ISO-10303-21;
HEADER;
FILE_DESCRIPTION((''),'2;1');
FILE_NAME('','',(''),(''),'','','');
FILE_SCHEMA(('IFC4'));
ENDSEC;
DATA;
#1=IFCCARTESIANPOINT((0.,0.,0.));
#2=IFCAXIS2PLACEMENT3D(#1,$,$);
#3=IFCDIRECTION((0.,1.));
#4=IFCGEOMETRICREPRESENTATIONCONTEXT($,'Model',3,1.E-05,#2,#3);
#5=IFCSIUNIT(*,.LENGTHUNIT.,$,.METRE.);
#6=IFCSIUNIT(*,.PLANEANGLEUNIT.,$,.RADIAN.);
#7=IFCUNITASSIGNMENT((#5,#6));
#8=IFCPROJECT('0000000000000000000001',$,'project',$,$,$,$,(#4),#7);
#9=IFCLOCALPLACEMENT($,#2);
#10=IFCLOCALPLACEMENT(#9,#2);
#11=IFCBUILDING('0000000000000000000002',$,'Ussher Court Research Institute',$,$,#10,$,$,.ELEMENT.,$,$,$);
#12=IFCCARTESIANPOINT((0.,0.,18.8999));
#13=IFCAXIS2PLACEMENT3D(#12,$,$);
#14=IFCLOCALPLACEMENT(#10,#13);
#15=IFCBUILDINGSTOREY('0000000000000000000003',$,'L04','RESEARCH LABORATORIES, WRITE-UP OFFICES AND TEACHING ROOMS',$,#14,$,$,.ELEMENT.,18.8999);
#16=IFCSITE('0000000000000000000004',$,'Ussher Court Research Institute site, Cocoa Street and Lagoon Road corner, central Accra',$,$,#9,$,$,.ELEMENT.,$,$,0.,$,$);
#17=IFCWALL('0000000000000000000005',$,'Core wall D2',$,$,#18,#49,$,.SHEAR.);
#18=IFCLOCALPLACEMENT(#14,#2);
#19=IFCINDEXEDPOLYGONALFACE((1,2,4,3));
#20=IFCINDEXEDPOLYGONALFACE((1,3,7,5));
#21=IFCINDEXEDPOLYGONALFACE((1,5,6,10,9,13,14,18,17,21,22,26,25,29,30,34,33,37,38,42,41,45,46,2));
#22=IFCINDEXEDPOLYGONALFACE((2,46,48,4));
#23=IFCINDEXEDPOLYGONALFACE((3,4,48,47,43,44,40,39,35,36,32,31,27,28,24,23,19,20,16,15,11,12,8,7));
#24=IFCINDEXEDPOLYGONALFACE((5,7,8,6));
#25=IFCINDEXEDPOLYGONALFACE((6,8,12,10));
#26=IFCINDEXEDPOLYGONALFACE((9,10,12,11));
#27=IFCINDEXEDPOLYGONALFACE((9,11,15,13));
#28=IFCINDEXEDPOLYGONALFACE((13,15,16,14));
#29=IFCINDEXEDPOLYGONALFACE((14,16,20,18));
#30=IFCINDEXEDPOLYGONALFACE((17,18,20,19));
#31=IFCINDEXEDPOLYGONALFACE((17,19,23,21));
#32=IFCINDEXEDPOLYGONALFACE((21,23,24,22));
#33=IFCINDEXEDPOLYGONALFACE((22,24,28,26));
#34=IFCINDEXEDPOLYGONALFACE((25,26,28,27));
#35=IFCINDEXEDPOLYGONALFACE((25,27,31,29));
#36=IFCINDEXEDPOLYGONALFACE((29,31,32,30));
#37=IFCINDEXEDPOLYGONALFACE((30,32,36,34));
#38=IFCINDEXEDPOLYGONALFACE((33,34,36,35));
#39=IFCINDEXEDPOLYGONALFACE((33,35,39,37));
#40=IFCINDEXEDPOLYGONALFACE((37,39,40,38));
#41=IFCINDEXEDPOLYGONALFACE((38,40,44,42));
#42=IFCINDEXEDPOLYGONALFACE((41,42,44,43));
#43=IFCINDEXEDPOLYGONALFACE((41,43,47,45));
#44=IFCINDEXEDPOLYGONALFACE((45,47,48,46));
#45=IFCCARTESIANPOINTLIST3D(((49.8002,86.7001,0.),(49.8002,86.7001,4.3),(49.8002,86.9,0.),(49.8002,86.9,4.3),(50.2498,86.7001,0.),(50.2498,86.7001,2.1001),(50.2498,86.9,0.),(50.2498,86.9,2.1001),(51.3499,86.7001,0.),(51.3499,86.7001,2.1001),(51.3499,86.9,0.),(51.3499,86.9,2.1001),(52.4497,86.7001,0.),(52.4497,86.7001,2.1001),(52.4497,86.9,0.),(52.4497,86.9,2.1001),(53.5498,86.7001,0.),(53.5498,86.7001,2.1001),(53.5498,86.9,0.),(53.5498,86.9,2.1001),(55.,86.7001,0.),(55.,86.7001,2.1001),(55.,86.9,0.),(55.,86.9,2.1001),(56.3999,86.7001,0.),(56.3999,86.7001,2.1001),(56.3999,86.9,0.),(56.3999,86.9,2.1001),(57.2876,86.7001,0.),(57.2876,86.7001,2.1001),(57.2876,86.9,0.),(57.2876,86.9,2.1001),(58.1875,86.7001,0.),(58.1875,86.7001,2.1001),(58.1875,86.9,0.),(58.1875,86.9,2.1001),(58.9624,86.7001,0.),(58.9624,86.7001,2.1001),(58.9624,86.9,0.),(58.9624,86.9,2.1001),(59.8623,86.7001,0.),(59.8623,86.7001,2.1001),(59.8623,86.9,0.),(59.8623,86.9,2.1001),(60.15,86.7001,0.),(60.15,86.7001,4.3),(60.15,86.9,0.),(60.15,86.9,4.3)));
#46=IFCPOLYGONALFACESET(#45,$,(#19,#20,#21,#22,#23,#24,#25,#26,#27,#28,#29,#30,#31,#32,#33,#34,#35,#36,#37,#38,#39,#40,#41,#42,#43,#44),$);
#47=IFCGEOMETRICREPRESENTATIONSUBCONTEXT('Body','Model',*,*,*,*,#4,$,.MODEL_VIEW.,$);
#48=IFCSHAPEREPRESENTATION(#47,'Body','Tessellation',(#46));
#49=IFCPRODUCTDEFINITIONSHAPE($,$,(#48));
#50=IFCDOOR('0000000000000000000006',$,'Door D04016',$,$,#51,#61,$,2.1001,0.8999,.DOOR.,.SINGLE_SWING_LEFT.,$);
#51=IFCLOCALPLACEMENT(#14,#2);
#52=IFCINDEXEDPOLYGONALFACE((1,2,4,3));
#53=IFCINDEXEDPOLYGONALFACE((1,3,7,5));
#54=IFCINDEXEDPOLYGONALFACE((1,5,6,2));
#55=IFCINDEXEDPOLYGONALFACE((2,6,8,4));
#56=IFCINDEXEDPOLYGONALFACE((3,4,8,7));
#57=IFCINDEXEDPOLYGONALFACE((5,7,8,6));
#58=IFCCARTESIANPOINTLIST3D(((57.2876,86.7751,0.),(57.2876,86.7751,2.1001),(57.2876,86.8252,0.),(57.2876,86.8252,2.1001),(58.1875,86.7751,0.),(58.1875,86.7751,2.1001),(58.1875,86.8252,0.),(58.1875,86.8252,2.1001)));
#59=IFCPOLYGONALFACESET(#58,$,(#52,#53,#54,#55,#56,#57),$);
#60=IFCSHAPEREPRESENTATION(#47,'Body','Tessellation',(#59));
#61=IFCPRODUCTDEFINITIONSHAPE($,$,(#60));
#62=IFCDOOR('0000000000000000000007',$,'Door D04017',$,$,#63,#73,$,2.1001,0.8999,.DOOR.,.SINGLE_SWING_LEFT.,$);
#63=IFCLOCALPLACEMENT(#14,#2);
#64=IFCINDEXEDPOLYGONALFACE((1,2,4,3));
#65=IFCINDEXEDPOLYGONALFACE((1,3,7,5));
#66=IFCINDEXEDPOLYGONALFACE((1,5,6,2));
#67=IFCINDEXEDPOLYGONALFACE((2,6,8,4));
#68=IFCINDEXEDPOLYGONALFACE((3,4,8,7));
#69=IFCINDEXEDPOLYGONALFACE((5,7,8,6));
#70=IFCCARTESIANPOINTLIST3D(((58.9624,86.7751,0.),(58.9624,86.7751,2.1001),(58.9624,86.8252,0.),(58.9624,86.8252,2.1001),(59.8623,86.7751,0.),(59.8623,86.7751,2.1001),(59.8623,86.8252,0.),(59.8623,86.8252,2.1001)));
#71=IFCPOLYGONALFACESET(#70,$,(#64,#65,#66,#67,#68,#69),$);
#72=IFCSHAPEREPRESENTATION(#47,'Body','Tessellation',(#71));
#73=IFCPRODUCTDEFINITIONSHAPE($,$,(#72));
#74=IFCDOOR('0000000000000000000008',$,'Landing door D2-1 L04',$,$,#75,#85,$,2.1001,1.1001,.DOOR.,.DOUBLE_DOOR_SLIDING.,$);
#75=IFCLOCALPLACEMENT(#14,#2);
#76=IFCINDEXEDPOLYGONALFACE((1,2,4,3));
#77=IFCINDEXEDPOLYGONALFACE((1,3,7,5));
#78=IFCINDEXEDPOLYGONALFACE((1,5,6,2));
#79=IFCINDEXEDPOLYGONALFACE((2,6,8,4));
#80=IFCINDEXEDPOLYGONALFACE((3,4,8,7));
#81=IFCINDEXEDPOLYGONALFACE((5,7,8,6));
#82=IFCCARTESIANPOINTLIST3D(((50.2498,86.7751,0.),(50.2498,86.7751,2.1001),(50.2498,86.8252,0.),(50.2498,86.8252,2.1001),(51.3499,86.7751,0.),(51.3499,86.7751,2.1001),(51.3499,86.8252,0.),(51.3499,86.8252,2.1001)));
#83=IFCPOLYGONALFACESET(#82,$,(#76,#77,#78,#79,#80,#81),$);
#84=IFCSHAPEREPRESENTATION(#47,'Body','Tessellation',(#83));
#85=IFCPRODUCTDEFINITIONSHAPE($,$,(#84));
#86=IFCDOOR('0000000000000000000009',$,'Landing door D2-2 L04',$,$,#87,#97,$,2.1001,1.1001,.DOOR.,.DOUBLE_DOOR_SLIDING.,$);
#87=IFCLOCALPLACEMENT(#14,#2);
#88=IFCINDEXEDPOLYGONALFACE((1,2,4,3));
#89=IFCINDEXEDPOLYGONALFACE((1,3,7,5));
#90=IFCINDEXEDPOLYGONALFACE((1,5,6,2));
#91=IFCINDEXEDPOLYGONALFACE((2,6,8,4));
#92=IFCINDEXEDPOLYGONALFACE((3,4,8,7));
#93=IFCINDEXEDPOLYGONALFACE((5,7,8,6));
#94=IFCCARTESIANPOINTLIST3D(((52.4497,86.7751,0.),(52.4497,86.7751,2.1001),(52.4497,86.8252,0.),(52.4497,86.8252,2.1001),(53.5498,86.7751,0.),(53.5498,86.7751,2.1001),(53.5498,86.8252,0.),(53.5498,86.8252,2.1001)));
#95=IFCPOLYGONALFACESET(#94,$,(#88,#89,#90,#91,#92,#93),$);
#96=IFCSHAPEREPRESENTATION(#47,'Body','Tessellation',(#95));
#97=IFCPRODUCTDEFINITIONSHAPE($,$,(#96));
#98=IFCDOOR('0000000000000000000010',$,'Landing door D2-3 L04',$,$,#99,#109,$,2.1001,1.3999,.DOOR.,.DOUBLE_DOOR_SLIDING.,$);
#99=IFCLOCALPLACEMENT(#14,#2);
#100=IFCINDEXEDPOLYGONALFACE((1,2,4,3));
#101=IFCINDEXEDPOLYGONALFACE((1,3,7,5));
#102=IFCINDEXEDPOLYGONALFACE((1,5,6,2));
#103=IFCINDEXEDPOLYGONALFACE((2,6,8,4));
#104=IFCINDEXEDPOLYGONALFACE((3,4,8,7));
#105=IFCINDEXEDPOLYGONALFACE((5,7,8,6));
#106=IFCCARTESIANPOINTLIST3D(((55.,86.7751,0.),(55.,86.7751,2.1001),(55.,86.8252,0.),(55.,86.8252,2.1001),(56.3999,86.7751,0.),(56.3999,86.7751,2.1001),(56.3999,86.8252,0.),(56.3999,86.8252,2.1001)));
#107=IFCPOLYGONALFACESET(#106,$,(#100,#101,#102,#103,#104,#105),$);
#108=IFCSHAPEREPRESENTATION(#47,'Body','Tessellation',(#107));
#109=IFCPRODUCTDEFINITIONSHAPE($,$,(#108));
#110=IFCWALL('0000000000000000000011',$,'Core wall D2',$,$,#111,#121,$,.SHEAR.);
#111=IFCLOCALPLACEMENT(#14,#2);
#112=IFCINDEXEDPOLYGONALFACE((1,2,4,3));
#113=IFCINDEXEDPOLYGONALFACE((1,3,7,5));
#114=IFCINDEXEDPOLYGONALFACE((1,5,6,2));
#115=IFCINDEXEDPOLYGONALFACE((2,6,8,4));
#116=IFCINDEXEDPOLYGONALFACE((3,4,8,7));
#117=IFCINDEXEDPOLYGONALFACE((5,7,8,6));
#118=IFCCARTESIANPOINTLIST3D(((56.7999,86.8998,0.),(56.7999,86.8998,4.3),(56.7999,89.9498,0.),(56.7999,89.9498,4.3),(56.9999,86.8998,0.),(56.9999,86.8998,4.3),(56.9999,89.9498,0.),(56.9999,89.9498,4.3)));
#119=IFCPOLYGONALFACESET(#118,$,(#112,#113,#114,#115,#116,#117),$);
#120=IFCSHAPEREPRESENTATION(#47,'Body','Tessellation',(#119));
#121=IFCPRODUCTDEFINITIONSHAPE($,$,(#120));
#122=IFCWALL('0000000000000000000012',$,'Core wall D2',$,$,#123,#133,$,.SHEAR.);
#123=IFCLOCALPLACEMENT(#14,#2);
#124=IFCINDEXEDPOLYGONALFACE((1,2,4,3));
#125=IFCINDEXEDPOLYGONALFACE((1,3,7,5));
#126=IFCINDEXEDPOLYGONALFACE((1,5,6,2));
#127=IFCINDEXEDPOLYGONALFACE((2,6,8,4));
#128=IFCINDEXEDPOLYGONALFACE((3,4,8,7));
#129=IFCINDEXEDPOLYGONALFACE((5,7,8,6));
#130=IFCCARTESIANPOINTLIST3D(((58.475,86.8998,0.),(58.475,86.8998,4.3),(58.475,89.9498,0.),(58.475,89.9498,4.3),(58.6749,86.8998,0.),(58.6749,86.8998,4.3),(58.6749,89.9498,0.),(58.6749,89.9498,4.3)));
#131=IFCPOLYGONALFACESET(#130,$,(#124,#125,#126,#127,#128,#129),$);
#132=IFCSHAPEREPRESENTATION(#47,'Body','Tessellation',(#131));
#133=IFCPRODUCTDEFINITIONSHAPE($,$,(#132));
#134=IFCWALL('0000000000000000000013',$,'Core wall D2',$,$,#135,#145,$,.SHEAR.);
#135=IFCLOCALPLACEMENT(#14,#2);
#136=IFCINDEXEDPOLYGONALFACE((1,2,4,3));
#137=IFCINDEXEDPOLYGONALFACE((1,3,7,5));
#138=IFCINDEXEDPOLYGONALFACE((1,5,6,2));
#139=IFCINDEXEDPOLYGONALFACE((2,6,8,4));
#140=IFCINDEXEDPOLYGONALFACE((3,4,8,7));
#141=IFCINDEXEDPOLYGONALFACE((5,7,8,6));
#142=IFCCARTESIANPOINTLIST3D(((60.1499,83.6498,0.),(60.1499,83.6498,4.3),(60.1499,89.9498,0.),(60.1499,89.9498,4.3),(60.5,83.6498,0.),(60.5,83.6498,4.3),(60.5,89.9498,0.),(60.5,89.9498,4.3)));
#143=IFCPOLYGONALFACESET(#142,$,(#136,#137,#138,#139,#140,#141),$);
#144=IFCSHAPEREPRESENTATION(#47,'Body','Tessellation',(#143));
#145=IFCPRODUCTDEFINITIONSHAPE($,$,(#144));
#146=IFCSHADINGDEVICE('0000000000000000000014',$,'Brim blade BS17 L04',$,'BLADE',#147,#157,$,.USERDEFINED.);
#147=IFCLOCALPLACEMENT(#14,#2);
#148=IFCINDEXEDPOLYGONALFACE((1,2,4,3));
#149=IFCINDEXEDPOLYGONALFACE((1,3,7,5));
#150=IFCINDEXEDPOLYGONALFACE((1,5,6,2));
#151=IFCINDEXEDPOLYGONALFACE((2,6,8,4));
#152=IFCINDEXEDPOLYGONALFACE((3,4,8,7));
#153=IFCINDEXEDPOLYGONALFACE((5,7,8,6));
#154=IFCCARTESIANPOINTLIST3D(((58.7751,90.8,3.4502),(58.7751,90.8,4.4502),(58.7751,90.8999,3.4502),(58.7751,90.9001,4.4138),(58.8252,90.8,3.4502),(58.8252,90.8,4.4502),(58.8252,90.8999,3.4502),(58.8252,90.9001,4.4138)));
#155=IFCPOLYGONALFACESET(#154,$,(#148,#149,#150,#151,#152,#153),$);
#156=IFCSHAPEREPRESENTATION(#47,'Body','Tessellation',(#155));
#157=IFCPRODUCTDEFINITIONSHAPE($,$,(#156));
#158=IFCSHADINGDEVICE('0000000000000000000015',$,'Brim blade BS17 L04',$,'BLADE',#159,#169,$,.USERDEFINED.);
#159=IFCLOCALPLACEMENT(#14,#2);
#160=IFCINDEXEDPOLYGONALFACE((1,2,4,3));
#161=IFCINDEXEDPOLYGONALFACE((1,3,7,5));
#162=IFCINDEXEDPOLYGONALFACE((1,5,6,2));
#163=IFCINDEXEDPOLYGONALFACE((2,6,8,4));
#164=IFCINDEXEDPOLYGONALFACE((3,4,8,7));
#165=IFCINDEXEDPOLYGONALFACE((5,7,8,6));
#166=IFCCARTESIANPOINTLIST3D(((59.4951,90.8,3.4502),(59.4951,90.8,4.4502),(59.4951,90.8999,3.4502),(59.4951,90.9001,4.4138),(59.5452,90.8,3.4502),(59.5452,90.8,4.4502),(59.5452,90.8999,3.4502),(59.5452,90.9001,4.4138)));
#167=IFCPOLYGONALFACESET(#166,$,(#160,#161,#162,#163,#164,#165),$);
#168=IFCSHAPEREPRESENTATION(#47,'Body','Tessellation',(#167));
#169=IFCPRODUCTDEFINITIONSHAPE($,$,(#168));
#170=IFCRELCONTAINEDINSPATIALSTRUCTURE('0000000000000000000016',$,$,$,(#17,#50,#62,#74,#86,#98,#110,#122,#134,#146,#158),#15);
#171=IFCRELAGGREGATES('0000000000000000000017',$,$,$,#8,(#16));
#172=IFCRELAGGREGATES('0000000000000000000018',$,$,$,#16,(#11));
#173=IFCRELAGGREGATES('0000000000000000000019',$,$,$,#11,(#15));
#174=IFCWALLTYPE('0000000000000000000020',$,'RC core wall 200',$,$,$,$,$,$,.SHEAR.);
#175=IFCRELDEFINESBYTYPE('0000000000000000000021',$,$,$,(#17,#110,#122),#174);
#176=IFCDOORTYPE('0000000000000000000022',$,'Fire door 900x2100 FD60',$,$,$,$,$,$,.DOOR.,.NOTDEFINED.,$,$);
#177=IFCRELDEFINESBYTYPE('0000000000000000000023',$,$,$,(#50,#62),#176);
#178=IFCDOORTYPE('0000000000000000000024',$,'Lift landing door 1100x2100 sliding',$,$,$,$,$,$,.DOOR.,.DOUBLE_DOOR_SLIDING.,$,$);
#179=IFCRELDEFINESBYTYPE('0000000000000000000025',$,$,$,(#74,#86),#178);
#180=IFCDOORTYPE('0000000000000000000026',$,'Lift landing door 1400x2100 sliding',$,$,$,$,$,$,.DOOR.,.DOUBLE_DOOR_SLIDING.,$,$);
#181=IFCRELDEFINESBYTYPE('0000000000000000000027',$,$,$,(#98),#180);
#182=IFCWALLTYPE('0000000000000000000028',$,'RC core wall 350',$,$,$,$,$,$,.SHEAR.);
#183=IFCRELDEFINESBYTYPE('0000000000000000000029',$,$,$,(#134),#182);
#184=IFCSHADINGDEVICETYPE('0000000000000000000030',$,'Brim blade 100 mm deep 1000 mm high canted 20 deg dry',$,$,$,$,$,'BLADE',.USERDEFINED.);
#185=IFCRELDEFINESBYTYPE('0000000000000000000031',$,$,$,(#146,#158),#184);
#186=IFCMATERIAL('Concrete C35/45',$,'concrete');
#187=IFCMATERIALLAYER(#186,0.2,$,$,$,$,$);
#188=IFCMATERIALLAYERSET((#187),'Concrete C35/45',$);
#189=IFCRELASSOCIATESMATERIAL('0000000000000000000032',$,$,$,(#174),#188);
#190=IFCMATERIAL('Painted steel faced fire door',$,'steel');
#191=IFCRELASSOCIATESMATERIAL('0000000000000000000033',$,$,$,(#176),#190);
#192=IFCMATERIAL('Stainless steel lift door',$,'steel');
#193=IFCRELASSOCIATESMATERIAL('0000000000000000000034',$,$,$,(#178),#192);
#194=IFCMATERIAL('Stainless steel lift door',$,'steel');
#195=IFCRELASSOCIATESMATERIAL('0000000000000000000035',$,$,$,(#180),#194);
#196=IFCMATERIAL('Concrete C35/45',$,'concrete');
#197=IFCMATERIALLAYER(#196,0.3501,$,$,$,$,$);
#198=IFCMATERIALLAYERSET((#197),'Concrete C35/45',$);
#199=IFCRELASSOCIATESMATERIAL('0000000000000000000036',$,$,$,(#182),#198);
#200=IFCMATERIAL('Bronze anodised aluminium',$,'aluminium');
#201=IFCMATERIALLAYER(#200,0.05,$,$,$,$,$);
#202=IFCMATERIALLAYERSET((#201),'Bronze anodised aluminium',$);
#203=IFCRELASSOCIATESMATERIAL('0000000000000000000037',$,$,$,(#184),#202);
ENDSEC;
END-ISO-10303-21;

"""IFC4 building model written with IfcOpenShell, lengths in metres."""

from ifc_helpers import new_model, si_unit, direction, frame, frame_2d, origin, place, context, subcontext, project, spatial, polyline, rectangle, outline, extrude, material, layer, layer_set, type_object, element, fill, save


model = new_model("IFC4")

# Units and contexts
model_context = context("Model", 3, precision=1e-05, world=origin(), true_north=direction((0.0, 1.0)))
body_context = subcontext(model_context, "Body", "Model", "MODEL_VIEW")
ifc_project = project(units=[si_unit("LENGTHUNIT", "METRE"), si_unit("PLANEANGLEUNIT", "RADIAN")], contexts=[model_context])

# Site, building, storey
site_placement = place(None, origin())
site = spatial("IfcSite", under=ifc_project, at=site_placement, Name="Ussher Court Research Institute site, Cocoa Street and Lagoon Road corner, central Accra", CompositionType="ELEMENT", RefElevation=0.0)
building_placement = place(site_placement, origin())
building = spatial("IfcBuilding", under=site, at=building_placement, Name="Ussher Court Research Institute", CompositionType="ELEMENT")
storey_placement = place(building_placement, frame((0.0, 0.0, 18.8999)))
storey = spatial("IfcBuildingStorey", under=building, at=storey_placement, Name="L04", Description="RESEARCH LABORATORIES, WRITE-UP OFFICES AND TEACHING ROOMS", CompositionType="ELEMENT", Elevation=18.8999)

# Wall, openings, doors
ifc_material_1 = material(Name="Concrete C35/45", Category="concrete")
ifc_layer_1 = layer(ifc_material_1, 0.2)
ifc_layer_set_1 = layer_set([ifc_layer_1], Name="Concrete C35/45")
wall_type_1 = type_object("IfcWallType", Name="RC core wall 200", PredefinedType="SHEAR", material=ifc_layer_set_1)
wall_1_placement = place(storey_placement, frame((60.1499, 86.8, 0.0), z_axis=(0.0, 0.0, 1.0), x_axis=(-1.0, 0.0, 0.0)))
wall_1 = element("IfcWall", 1, at=wall_1_placement, inside=storey, type_object=wall_type_1, Name="Core wall D2", PredefinedType="SHEAR", context=body_context, shape_type="SweptSolid", body=[
    extrude(rectangle(XDim=10.3499, YDim=0.2, at=frame_2d((5.1748, 0.0))), origin(), (0.0, 0.0, 1.0), 4.3),
])
opening_1_placement = place(wall_1_placement, frame((8.8, 0.0, 0.0)))
opening_1 = element("IfcOpeningElement", 2, at=opening_1_placement, cuts=wall_1, PredefinedType="OPENING", context=body_context, shape_type="SweptSolid", body=[
    extrude(rectangle(XDim=1.1001, YDim=2.1001, at=frame_2d((0.55, 1.05))), frame((0.0, 0.1099, 0.0), z_axis=(0.0, -1.0, 0.0), x_axis=(1.0, 0.0, 0.0)), (0.0, 0.0, 1.0), 0.22),
])
opening_2_placement = place(wall_1_placement, frame((6.6001, 0.0, 0.0)))
opening_2 = element("IfcOpeningElement", 3, at=opening_2_placement, cuts=wall_1, PredefinedType="OPENING", context=body_context, shape_type="SweptSolid", body=[
    extrude(rectangle(XDim=1.1001, YDim=2.1001, at=frame_2d((0.55, 1.05))), frame((0.0, 0.1099, 0.0), z_axis=(0.0, -1.0, 0.0), x_axis=(1.0, 0.0, 0.0)), (0.0, 0.0, 1.0), 0.22),
])
opening_3_placement = place(wall_1_placement, frame((3.75, 0.0, 0.0)))
opening_3 = element("IfcOpeningElement", 4, at=opening_3_placement, cuts=wall_1, PredefinedType="OPENING", context=body_context, shape_type="SweptSolid", body=[
    extrude(rectangle(XDim=1.3999, YDim=2.1001, at=frame_2d((0.7, 1.05))), frame((0.0, 0.1099, 0.0), z_axis=(0.0, -1.0, 0.0), x_axis=(1.0, 0.0, 0.0)), (0.0, 0.0, 1.0), 0.22),
])
opening_4_placement = place(wall_1_placement, frame((1.9624, 0.0, 0.0)))
opening_4 = element("IfcOpeningElement", 5, at=opening_4_placement, cuts=wall_1, PredefinedType="OPENING", context=body_context, shape_type="SweptSolid", body=[
    extrude(rectangle(XDim=0.8999, YDim=2.1001, at=frame_2d((0.45, 1.05))), frame((0.0, 0.1099, 0.0), z_axis=(0.0, -1.0, 0.0), x_axis=(1.0, 0.0, 0.0)), (0.0, 0.0, 1.0), 0.22),
])
opening_5_placement = place(wall_1_placement, frame((0.2876, 0.0, 0.0)))
opening_5 = element("IfcOpeningElement", 6, at=opening_5_placement, cuts=wall_1, PredefinedType="OPENING", context=body_context, shape_type="SweptSolid", body=[
    extrude(rectangle(XDim=0.8999, YDim=2.1001, at=frame_2d((0.45, 1.05))), frame((0.0, 0.1099, 0.0), z_axis=(0.0, -1.0, 0.0), x_axis=(1.0, 0.0, 0.0)), (0.0, 0.0, 1.0), 0.22),
])
ifc_material_2 = material(Name="Painted steel faced fire door", Category="steel")
door_type_1 = type_object("IfcDoorType", Name="Fire door 900x2100 FD60", OperationType="NOTDEFINED", PredefinedType="DOOR", material=ifc_material_2)
door_1_placement = place(opening_4_placement, origin())
door_1 = element("IfcDoor", 7, at=door_1_placement, inside=storey, type_object=door_type_1, Name="Door D04016", OperationType="SINGLE_SWING_LEFT", OverallHeight=2.1001, OverallWidth=0.8999, PredefinedType="DOOR", context=body_context, shape_type="SweptSolid", body=[
    extrude(rectangle(XDim=0.8999, YDim=2.1001, at=frame_2d((0.45, 1.05))), frame((0.0, 0.0249, 0.0), z_axis=(0.0, -1.0, 0.0), x_axis=(1.0, 0.0, 0.0)), (0.0, 0.0, 1.0), 0.05),
])
fill(opening_4, door_1)
door_2_placement = place(opening_5_placement, origin())
door_2 = element("IfcDoor", 8, at=door_2_placement, inside=storey, type_object=door_type_1, Name="Door D04017", OperationType="SINGLE_SWING_LEFT", OverallHeight=2.1001, OverallWidth=0.8999, PredefinedType="DOOR", context=body_context, shape_type="SweptSolid", body=[
    extrude(rectangle(XDim=0.8999, YDim=2.1001, at=frame_2d((0.45, 1.05))), frame((0.0, 0.0249, 0.0), z_axis=(0.0, -1.0, 0.0), x_axis=(1.0, 0.0, 0.0)), (0.0, 0.0, 1.0), 0.05),
])
fill(opening_5, door_2)
ifc_material_3 = material(Name="Stainless steel lift door", Category="steel")
door_type_2 = type_object("IfcDoorType", Name="Lift landing door 1100x2100 sliding", OperationType="DOUBLE_DOOR_SLIDING", PredefinedType="DOOR", material=ifc_material_3)
door_3_placement = place(opening_1_placement, origin())
door_3 = element("IfcDoor", 9, at=door_3_placement, inside=storey, type_object=door_type_2, Name="Landing door D2-1 L04", OperationType="DOUBLE_DOOR_SLIDING", OverallHeight=2.1001, OverallWidth=1.1001, PredefinedType="DOOR", context=body_context, shape_type="SweptSolid", body=[
    extrude(rectangle(XDim=1.1001, YDim=2.1001, at=frame_2d((0.55, 1.05))), frame((0.0, 0.0249, 0.0), z_axis=(0.0, -1.0, 0.0), x_axis=(1.0, 0.0, 0.0)), (0.0, 0.0, 1.0), 0.05),
])
fill(opening_1, door_3)
door_4_placement = place(opening_2_placement, origin())
door_4 = element("IfcDoor", 10, at=door_4_placement, inside=storey, type_object=door_type_2, Name="Landing door D2-2 L04", OperationType="DOUBLE_DOOR_SLIDING", OverallHeight=2.1001, OverallWidth=1.1001, PredefinedType="DOOR", context=body_context, shape_type="SweptSolid", body=[
    extrude(rectangle(XDim=1.1001, YDim=2.1001, at=frame_2d((0.55, 1.05))), frame((0.0, 0.0249, 0.0), z_axis=(0.0, -1.0, 0.0), x_axis=(1.0, 0.0, 0.0)), (0.0, 0.0, 1.0), 0.05),
])
fill(opening_2, door_4)
ifc_material_4 = material(Name="Stainless steel lift door", Category="steel")
door_type_3 = type_object("IfcDoorType", Name="Lift landing door 1400x2100 sliding", OperationType="DOUBLE_DOOR_SLIDING", PredefinedType="DOOR", material=ifc_material_4)
door_5_placement = place(opening_3_placement, origin())
door_5 = element("IfcDoor", 11, at=door_5_placement, inside=storey, type_object=door_type_3, Name="Landing door D2-3 L04", OperationType="DOUBLE_DOOR_SLIDING", OverallHeight=2.1001, OverallWidth=1.3999, PredefinedType="DOOR", context=body_context, shape_type="SweptSolid", body=[
    extrude(rectangle(XDim=1.3999, YDim=2.1001, at=frame_2d((0.7, 1.05))), frame((0.0, 0.0249, 0.0), z_axis=(0.0, -1.0, 0.0), x_axis=(1.0, 0.0, 0.0)), (0.0, 0.0, 1.0), 0.05),
])
fill(opening_3, door_5)

# Walls
for number, where, z_axis, x_axis, name in (
    (12, (56.8999, 86.8999, 0.0), (0.0, 0.0, 1.0), (0.0, 1.0, 0.0), "Core wall D2"),
    (13, (58.575, 86.8999, 0.0), (0.0, 0.0, 1.0), (0.0, 1.0, 0.0), "Core wall D2"),
):
    element("IfcWall", number, at=place(storey_placement, frame(where, z_axis=z_axis, x_axis=x_axis)), inside=storey, type_object=wall_type_1, Name=name, PredefinedType="SHEAR", context=body_context, shape_type="SweptSolid", body=[
        extrude(rectangle(XDim=3.05, YDim=0.2, at=frame_2d((1.5249, 0.0))), origin(), (0.0, 0.0, 1.0), 4.3),
    ])
ifc_material_5 = material(Name="Concrete C35/45", Category="concrete")
ifc_layer_2 = layer(ifc_material_5, 0.3501)
ifc_layer_set_2 = layer_set([ifc_layer_2], Name="Concrete C35/45")
wall_type_2 = type_object("IfcWallType", Name="RC core wall 350", PredefinedType="SHEAR", material=ifc_layer_set_2)
wall_2_placement = place(storey_placement, frame((60.325, 83.6499, 0.0), z_axis=(0.0, 0.0, 1.0), x_axis=(0.0, 1.0, 0.0)))
element("IfcWall", 14, at=wall_2_placement, inside=storey, type_object=wall_type_2, Name="Core wall D2", PredefinedType="SHEAR", context=body_context, shape_type="SweptSolid", body=[
    extrude(rectangle(XDim=6.3, YDim=0.3501, at=frame_2d((3.1499, 0.0))), origin(), (0.0, 0.0, 1.0), 4.3),
])

# Shading devices
ifc_material_6 = material(Name="Bronze anodised aluminium", Category="aluminium")
ifc_layer_3 = layer(ifc_material_6, 0.05)
ifc_layer_set_3 = layer_set([ifc_layer_3], Name="Bronze anodised aluminium")
shading_device_type_1 = type_object("IfcShadingDeviceType", Name="Brim blade 100 mm deep 1000 mm high canted 20 deg dry", ElementType="BLADE", PredefinedType="USERDEFINED", material=ifc_layer_set_3)
for number, where, z_axis, x_axis, name in (
    (15, (58.8, 90.8, 3.4502), (0.0, 0.0, 1.0), (0.0, 1.0, 0.0), "Brim blade BS17 L04"),
    (16, (59.52, 90.8, 3.4502), (0.0, 0.0, 1.0), (0.0, 1.0, 0.0), "Brim blade BS17 L04"),
):
    element("IfcShadingDevice", number, at=place(storey_placement, frame(where, z_axis=z_axis, x_axis=x_axis)), inside=storey, type_object=shading_device_type_1, Name=name, ObjectType="BLADE", PredefinedType="USERDEFINED", context=body_context, shape_type="SweptSolid", body=[
        extrude(outline(polyline([(0.0, 0.0), (0.0999, 0.0), (0.1001, 0.9636), (0.0, 1.0), (0.0, 0.0)])), frame((0.0, 0.0249, 0.0), z_axis=(0.0, -1.0, 0.0), x_axis=(1.0, 0.0, 0.0)), (0.0, 0.0, 1.0), 0.05),
    ])

save(model, "model.ifc")
